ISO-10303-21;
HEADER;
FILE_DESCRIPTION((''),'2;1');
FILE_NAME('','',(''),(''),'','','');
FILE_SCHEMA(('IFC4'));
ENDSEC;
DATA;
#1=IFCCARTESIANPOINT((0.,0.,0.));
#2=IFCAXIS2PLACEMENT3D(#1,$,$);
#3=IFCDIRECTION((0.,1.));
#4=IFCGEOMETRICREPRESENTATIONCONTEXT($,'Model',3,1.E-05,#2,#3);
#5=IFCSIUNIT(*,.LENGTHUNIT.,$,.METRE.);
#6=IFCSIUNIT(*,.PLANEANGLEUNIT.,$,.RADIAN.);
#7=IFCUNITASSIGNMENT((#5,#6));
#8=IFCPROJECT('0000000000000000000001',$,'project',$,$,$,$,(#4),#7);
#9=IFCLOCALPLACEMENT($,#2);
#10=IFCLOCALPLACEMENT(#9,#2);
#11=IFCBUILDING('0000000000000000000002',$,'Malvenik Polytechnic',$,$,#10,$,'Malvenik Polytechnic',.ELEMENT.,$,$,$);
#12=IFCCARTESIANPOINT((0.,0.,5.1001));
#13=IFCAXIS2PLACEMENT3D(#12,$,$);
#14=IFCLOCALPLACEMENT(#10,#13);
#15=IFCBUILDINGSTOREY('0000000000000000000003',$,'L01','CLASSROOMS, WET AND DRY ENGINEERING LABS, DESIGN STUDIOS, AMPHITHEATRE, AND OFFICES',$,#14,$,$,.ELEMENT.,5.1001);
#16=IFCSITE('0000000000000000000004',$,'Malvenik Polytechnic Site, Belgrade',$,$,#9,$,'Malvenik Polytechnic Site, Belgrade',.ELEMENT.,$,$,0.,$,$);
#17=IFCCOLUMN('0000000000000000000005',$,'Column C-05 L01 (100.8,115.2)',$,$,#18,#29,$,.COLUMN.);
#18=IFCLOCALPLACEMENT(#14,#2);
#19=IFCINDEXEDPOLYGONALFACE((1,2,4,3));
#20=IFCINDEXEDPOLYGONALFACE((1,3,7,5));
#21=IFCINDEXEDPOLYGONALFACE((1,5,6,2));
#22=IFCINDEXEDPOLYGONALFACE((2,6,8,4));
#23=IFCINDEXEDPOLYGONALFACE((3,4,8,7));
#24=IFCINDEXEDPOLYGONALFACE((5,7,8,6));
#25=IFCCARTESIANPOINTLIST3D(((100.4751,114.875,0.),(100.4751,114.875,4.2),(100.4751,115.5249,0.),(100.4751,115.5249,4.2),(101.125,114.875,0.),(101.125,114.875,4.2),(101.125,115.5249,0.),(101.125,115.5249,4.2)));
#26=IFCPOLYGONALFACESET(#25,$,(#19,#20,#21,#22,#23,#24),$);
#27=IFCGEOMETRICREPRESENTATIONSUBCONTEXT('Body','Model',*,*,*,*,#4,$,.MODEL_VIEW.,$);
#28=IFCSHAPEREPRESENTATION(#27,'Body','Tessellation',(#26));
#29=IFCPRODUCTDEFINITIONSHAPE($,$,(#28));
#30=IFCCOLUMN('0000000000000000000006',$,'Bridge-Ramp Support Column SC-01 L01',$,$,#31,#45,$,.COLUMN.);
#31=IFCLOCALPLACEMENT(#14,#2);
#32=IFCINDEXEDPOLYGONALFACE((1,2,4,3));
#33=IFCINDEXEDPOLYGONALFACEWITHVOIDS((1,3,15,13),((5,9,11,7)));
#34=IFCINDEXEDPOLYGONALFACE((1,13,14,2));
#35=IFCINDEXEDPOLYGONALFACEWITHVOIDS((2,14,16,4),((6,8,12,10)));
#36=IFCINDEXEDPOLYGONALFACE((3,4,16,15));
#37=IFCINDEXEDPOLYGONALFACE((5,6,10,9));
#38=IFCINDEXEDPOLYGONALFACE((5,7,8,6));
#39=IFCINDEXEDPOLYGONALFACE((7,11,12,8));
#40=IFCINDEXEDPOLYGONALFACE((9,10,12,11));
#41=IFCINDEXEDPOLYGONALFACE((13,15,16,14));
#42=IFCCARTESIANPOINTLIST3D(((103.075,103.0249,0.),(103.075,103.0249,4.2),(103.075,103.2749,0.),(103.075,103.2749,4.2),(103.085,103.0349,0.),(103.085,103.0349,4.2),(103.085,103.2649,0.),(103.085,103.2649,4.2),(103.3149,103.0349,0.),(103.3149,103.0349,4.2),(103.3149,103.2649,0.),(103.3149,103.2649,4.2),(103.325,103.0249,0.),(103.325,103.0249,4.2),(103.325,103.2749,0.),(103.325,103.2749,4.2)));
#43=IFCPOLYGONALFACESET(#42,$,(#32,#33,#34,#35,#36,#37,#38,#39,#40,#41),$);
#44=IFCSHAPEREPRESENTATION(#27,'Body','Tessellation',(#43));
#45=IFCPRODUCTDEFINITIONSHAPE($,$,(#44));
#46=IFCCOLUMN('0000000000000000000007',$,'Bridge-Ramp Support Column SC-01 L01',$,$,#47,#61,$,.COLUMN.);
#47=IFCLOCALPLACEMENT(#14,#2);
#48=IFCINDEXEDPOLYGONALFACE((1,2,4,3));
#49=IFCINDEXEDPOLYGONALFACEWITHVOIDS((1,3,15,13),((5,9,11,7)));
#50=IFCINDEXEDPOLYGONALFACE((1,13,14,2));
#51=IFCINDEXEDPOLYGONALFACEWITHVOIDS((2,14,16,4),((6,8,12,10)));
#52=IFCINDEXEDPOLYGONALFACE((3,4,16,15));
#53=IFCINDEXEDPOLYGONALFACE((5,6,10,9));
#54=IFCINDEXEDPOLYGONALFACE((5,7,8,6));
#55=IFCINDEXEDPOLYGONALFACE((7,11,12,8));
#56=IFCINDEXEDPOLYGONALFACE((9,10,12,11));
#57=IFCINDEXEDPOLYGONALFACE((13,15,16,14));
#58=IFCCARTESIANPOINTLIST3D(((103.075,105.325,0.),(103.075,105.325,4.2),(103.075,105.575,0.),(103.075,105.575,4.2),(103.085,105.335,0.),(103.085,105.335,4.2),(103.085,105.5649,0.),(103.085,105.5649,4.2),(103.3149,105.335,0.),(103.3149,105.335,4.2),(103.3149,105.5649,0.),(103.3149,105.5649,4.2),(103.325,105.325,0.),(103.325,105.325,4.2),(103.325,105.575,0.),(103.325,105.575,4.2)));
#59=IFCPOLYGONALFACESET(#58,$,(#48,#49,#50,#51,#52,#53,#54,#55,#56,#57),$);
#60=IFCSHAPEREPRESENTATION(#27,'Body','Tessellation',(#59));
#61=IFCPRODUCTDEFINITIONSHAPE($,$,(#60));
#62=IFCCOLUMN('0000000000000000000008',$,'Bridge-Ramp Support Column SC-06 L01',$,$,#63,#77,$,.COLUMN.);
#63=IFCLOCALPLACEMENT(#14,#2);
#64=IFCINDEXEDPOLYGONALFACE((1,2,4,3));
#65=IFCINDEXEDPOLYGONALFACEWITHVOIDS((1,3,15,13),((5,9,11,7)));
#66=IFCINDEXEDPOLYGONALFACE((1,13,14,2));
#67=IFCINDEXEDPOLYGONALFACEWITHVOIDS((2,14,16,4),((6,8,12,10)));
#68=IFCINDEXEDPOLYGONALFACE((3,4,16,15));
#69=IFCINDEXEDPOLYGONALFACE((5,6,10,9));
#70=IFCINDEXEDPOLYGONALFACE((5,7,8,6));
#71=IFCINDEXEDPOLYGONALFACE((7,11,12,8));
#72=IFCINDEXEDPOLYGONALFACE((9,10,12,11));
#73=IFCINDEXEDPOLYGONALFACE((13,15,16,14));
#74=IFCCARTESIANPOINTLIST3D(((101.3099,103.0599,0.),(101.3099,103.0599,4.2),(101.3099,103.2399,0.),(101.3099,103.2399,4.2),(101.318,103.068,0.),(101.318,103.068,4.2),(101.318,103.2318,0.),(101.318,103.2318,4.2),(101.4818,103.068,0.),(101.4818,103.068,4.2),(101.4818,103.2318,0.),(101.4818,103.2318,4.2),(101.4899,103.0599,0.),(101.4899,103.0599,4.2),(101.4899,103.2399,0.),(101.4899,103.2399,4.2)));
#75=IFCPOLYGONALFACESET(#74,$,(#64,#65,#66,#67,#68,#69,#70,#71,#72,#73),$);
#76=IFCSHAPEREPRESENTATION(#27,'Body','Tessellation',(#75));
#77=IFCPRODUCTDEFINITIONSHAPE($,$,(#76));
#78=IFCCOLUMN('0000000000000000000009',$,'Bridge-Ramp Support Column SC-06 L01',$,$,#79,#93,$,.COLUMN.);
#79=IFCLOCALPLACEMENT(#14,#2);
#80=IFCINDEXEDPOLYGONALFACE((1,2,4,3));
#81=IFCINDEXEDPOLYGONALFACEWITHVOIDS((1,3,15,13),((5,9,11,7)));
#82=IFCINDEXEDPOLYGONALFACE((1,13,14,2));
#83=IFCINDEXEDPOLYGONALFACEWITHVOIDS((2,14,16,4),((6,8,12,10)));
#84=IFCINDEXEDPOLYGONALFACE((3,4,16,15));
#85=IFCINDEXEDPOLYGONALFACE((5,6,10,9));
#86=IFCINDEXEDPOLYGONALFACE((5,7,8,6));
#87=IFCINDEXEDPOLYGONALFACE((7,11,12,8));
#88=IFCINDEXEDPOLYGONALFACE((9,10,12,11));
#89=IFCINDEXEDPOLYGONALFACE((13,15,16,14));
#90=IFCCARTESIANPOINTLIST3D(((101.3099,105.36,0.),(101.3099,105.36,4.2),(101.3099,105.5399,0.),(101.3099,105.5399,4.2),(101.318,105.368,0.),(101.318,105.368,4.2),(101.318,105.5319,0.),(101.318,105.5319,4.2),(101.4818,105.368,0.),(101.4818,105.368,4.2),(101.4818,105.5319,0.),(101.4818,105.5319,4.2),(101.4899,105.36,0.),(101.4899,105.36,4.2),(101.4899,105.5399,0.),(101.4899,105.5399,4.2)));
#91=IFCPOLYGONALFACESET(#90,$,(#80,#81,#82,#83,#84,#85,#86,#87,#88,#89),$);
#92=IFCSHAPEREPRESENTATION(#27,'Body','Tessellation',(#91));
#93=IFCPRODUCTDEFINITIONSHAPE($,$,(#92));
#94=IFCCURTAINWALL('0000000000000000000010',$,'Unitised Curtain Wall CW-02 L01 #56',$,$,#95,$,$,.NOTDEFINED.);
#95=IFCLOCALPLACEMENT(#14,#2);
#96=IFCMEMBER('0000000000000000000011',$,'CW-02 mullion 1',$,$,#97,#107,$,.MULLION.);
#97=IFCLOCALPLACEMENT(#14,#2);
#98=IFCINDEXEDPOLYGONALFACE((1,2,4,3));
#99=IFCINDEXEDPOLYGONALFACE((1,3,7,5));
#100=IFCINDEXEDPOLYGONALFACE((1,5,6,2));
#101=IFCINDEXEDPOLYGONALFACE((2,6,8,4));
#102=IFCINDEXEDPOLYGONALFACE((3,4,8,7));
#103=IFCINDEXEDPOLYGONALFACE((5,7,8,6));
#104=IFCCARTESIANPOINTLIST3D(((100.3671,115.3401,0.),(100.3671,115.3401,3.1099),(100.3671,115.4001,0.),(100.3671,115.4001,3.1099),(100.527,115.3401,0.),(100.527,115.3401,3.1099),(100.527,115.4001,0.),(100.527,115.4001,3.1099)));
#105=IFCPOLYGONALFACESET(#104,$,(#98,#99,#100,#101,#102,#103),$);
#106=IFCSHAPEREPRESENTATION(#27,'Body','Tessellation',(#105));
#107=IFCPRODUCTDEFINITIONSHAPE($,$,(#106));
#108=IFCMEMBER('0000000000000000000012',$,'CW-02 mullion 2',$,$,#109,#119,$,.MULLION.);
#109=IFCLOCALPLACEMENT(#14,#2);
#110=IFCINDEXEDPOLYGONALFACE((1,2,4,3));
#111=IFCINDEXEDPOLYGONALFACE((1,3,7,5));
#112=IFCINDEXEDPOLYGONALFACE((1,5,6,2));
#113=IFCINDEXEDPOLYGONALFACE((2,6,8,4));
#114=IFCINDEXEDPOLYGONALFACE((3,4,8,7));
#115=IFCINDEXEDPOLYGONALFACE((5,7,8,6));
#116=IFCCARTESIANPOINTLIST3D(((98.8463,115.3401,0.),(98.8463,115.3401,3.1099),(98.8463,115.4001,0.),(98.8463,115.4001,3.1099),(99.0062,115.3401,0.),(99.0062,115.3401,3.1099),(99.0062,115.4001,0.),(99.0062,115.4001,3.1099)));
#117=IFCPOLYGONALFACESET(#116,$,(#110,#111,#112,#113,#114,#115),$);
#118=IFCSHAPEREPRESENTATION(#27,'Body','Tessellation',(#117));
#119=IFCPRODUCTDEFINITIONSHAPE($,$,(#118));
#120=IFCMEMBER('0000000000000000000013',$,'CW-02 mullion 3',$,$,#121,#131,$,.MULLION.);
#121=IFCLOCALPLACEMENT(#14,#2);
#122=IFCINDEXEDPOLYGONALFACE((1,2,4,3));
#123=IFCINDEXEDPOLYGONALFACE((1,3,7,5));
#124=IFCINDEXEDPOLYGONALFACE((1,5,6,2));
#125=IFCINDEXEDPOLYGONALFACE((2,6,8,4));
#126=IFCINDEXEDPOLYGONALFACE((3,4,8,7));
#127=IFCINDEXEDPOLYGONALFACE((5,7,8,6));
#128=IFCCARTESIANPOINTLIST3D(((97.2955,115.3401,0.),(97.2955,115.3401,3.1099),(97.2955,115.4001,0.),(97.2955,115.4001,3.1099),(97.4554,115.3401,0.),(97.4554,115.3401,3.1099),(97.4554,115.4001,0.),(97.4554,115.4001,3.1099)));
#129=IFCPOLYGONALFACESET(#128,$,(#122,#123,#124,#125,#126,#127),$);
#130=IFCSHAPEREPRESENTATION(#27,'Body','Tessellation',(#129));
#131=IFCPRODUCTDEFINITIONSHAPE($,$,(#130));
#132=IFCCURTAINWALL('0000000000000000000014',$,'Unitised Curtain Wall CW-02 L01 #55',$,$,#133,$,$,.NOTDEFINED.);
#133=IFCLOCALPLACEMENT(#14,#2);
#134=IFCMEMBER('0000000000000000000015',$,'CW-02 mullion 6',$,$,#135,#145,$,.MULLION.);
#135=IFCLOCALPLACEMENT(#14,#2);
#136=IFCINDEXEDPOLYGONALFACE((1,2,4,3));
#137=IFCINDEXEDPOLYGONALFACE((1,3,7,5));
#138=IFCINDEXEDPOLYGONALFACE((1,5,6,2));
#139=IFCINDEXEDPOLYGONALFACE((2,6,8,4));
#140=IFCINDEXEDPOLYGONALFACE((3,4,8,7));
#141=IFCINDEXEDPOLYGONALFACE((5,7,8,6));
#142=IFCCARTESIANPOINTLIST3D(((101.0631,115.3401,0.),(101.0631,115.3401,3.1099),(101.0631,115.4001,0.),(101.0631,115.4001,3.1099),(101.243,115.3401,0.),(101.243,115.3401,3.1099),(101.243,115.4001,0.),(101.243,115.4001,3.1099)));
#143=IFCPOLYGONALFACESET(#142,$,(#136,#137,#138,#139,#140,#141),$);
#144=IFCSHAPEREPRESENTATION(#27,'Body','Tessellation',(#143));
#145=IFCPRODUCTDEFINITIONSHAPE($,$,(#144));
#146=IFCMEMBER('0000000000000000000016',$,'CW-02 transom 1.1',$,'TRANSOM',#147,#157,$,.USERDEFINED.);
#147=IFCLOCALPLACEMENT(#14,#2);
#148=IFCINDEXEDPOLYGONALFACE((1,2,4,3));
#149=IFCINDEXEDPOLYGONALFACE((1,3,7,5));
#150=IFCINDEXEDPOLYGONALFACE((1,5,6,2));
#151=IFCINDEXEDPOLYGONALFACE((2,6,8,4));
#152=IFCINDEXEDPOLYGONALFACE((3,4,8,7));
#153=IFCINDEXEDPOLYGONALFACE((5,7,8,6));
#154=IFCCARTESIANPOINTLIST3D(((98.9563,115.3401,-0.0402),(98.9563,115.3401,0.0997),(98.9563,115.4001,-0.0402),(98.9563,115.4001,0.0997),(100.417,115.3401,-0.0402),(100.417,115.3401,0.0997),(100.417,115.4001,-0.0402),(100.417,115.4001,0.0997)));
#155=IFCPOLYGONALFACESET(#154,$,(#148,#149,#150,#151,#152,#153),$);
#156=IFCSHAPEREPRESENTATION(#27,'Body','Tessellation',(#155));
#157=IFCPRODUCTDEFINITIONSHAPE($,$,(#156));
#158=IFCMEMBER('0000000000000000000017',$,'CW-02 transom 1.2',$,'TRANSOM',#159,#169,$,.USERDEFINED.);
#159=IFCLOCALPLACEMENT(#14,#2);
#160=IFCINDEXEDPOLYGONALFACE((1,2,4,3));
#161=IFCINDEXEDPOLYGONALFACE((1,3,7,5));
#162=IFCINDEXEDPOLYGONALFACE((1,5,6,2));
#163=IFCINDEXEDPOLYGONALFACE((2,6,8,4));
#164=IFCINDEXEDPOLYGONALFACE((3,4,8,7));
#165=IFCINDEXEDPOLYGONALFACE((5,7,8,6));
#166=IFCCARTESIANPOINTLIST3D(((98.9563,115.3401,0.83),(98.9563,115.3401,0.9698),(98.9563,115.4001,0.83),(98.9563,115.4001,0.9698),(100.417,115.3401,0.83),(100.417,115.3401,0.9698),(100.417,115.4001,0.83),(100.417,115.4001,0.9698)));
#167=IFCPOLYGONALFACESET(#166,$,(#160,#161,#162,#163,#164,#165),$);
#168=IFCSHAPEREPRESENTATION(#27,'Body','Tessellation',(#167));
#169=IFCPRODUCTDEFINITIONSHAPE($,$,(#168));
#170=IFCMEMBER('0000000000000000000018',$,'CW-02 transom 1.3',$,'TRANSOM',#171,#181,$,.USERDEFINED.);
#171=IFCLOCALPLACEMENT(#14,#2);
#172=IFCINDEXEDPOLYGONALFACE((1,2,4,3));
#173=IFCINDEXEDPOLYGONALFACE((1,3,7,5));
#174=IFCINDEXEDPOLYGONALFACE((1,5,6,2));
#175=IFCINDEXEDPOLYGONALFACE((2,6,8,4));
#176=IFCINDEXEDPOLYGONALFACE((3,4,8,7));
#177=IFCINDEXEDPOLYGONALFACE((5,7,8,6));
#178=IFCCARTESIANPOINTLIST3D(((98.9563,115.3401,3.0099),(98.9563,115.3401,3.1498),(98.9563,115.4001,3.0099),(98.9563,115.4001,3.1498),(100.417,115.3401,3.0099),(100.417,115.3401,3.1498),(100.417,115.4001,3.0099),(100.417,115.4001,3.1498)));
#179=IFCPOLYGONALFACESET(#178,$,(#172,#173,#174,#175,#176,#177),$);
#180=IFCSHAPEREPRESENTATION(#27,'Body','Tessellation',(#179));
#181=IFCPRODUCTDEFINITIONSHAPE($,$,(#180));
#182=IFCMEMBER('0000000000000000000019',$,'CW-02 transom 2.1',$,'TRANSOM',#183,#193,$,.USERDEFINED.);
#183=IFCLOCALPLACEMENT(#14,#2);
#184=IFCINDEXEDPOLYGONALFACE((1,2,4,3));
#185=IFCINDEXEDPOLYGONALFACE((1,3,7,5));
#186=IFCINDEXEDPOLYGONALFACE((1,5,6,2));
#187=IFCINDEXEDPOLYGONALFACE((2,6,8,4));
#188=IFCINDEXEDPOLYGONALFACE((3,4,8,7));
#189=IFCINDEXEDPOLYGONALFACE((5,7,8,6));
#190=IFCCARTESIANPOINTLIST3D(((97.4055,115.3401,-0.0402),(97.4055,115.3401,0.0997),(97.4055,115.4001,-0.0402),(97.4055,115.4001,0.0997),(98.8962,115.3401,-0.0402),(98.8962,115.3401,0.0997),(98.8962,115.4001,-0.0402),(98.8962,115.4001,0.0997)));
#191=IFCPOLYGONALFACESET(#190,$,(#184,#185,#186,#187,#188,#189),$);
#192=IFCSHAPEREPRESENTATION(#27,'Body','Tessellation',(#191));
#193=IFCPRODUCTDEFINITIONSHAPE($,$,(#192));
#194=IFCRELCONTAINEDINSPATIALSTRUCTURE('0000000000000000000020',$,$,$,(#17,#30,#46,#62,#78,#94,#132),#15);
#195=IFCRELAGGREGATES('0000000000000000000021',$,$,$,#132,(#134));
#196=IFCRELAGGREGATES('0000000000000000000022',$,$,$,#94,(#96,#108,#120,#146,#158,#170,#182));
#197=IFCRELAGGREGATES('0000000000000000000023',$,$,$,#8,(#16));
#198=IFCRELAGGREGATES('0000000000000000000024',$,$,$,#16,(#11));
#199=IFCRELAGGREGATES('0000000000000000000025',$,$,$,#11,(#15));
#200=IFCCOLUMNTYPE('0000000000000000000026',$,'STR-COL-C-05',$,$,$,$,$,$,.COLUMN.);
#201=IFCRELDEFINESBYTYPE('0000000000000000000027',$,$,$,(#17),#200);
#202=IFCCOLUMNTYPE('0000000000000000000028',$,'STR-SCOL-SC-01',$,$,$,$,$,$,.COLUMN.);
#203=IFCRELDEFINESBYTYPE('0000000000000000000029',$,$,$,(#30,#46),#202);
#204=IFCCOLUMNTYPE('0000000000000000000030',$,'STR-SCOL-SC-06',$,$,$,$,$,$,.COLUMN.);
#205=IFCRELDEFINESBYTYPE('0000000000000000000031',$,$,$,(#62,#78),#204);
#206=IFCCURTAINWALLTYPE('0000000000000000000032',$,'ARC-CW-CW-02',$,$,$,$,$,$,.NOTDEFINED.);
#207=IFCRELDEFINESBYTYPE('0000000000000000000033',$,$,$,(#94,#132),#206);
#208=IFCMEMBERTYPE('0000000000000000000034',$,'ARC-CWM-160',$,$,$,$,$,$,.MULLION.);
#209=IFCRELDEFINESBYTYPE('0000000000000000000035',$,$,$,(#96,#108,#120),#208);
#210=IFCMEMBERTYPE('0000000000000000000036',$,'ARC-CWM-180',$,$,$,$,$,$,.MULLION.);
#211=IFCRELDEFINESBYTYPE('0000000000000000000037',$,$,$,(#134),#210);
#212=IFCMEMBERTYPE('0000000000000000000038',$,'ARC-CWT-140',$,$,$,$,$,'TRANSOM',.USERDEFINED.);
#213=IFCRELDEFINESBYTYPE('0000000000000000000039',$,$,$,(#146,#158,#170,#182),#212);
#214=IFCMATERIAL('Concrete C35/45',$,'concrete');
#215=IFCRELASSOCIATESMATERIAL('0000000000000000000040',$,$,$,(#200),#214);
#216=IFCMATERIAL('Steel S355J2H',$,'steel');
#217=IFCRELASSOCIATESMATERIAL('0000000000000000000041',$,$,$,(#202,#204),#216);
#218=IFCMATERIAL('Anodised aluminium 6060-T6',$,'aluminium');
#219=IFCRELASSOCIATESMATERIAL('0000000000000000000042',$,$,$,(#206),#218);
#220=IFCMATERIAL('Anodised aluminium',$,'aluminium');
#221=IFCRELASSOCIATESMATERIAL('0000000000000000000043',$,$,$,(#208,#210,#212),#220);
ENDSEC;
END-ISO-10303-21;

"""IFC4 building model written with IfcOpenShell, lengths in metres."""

from ifc_helpers import new_model, si_unit, direction, frame, origin, origin_2d, place, context, subcontext, project, spatial, rectangle, hollow_rectangle, extrude, material, material_profile, profile_set, type_object, element, aggregate, save


model = new_model("IFC4")

# Units and contexts
model_context = context("Model", 3, precision=1e-05, world=origin(), true_north=direction((0.0, 1.0)))
body_context = subcontext(model_context, "Body", "Model", "MODEL_VIEW")
ifc_project = project(units=[si_unit("LENGTHUNIT", "METRE"), si_unit("PLANEANGLEUNIT", "RADIAN")], contexts=[model_context])

# Site, building, storey
site_placement = place(None, origin())
site = spatial("IfcSite", under=ifc_project, at=site_placement, Name="Malvenik Polytechnic Site, Belgrade", LongName="Malvenik Polytechnic Site, Belgrade", CompositionType="ELEMENT", RefElevation=0.0)
building_placement = place(site_placement, origin())
building = spatial("IfcBuilding", under=site, at=building_placement, Name="Malvenik Polytechnic", LongName="Malvenik Polytechnic", CompositionType="ELEMENT")
storey_placement = place(building_placement, frame((0.0, 0.0, 5.1001)))
storey = spatial("IfcBuildingStorey", under=building, at=storey_placement, Name="L01", Description="CLASSROOMS, WET AND DRY ENGINEERING LABS, DESIGN STUDIOS, AMPHITHEATRE, AND OFFICES", CompositionType="ELEMENT", Elevation=5.1001)

# Columns
ifc_material_1 = material(Name="Concrete C35/45", Category="concrete")
ifc_material_profile_1 = material_profile(ifc_material_1, rectangle(XDim=0.6499, YDim=0.6499, at=origin_2d()), Name="RC COL 650x650")
ifc_profile_set_1 = profile_set([ifc_material_profile_1], Name="Concrete C35/45")
column_type_1 = type_object("IfcColumnType", Name="STR-COL-C-05", PredefinedType="COLUMN", material=ifc_profile_set_1)
column_placement = place(storey_placement, frame((100.8, 115.2, 0.0), z_axis=(0.0, 0.0, 1.0), x_axis=(1.0, 0.0, 0.0)))
element("IfcColumn", 1, at=column_placement, inside=storey, type_object=column_type_1, Name="Column C-05 L01 (100.8,115.2)", PredefinedType="COLUMN", context=body_context, shape_type="SweptSolid", body=[
    extrude(rectangle(XDim=0.6499, YDim=0.6499, at=origin_2d()), origin(), (0.0, 0.0, 1.0), 4.2),
])
ifc_material_2 = material(Name="Steel S355J2H", Category="steel")
ifc_material_profile_2 = material_profile(ifc_material_2, hollow_rectangle(XDim=0.25, YDim=0.25, WallThickness=0.01, at=origin_2d()), Name="SHS 250x250x10.0")
ifc_profile_set_2 = profile_set([ifc_material_profile_2], Name="Steel S355J2H")
column_type_2 = type_object("IfcColumnType", Name="STR-SCOL-SC-01", PredefinedType="COLUMN", material=ifc_profile_set_2)
for number, where, z_axis, x_axis, name in (
    (2, (103.2, 103.1499, 0.0), (0.0, 0.0, 1.0), (1.0, 0.0, 0.0), "Bridge-Ramp Support Column SC-01 L01"),
    (3, (103.2, 105.45, 0.0), (0.0, 0.0, 1.0), (1.0, 0.0, 0.0), "Bridge-Ramp Support Column SC-01 L01"),
):
    element("IfcColumn", number, at=place(storey_placement, frame(where, z_axis=z_axis, x_axis=x_axis)), inside=storey, type_object=column_type_2, Name=name, PredefinedType="COLUMN", context=body_context, shape_type="SweptSolid", body=[
        extrude(hollow_rectangle(XDim=0.25, YDim=0.25, WallThickness=0.01, at=origin_2d()), origin(), (0.0, 0.0, 1.0), 4.2),
    ])
ifc_material_profile_3 = material_profile(ifc_material_2, hollow_rectangle(XDim=0.1799, YDim=0.1799, WallThickness=0.0081, at=origin_2d()), Name="SHS 180x180x8.0")
ifc_profile_set_3 = profile_set([ifc_material_profile_3], Name="Steel S355J2H")
column_type_3 = type_object("IfcColumnType", Name="STR-SCOL-SC-06", PredefinedType="COLUMN", material=ifc_profile_set_3)
for number, where, z_axis, x_axis, name in (
    (4, (101.3999, 103.1499, 0.0), (0.0, 0.0, 1.0), (1.0, 0.0, 0.0), "Bridge-Ramp Support Column SC-06 L01"),
    (5, (101.3999, 105.45, 0.0), (0.0, 0.0, 1.0), (1.0, 0.0, 0.0), "Bridge-Ramp Support Column SC-06 L01"),
):
    element("IfcColumn", number, at=place(storey_placement, frame(where, z_axis=z_axis, x_axis=x_axis)), inside=storey, type_object=column_type_3, Name=name, PredefinedType="COLUMN", context=body_context, shape_type="SweptSolid", body=[
        extrude(hollow_rectangle(XDim=0.1799, YDim=0.1799, WallThickness=0.0081, at=origin_2d()), origin(), (0.0, 0.0, 1.0), 4.2),
    ])

# Curtain wall, members
ifc_material_3 = material(Name="Anodised aluminium 6060-T6", Category="aluminium")
curtain_wall_type = type_object("IfcCurtainWallType", Name="ARC-CW-CW-02", PredefinedType="NOTDEFINED", material=ifc_material_3)
curtain_wall_1_placement = place(storey_placement, origin())
curtain_wall_1 = element("IfcCurtainWall", 6, at=curtain_wall_1_placement, inside=storey, type_object=curtain_wall_type, Name="Unitised Curtain Wall CW-02 L01 #56", PredefinedType="NOTDEFINED")
ifc_material_4 = material(Name="Anodised aluminium", Category="aluminium")
ifc_material_profile_4 = material_profile(ifc_material_4, rectangle(XDim=0.0601, YDim=0.1599, at=origin_2d()), Name="ALU MULLION 60x160")
ifc_profile_set_4 = profile_set([ifc_material_profile_4], Name="Anodised aluminium")
member_type_1 = type_object("IfcMemberType", Name="ARC-CWM-160", PredefinedType="MULLION", material=ifc_profile_set_4)
member_1_placement = place(storey_placement, frame((100.447, 115.3701, 0.0), z_axis=(0.0, 0.0, 1.0), x_axis=(0.0, -1.0, 0.0)))
member_1 = element("IfcMember", 7, at=member_1_placement, type_object=member_type_1, Name="CW-02 mullion 1", PredefinedType="MULLION", context=body_context, shape_type="SweptSolid", body=[
    extrude(rectangle(XDim=0.0601, YDim=0.1599, at=origin_2d()), origin(), (0.0, 0.0, 1.0), 3.1099),
])
member_2_placement = place(storey_placement, frame((98.9263, 115.3701, 0.0), z_axis=(0.0, 0.0, 1.0), x_axis=(0.0, -1.0, 0.0)))
member_2 = element("IfcMember", 8, at=member_2_placement, type_object=member_type_1, Name="CW-02 mullion 2", PredefinedType="MULLION", context=body_context, shape_type="SweptSolid", body=[
    extrude(rectangle(XDim=0.0601, YDim=0.1599, at=origin_2d()), origin(), (0.0, 0.0, 1.0), 3.1099),
])
member_3_placement = place(storey_placement, frame((97.3755, 115.3701, 0.0), z_axis=(0.0, 0.0, 1.0), x_axis=(0.0, -1.0, 0.0)))
member_3 = element("IfcMember", 9, at=member_3_placement, type_object=member_type_1, Name="CW-02 mullion 3", PredefinedType="MULLION", context=body_context, shape_type="SweptSolid", body=[
    extrude(rectangle(XDim=0.0601, YDim=0.1599, at=origin_2d()), origin(), (0.0, 0.0, 1.0), 3.1099),
])

# Curtain wall, member
curtain_wall_2_placement = place(storey_placement, origin())
curtain_wall_2 = element("IfcCurtainWall", 10, at=curtain_wall_2_placement, inside=storey, type_object=curtain_wall_type, Name="Unitised Curtain Wall CW-02 L01 #55", PredefinedType="NOTDEFINED")
ifc_material_profile_5 = material_profile(ifc_material_4, rectangle(XDim=0.0601, YDim=0.1799, at=origin_2d()), Name="ALU MULLION 60x180")
ifc_profile_set_5 = profile_set([ifc_material_profile_5], Name="Anodised aluminium")
member_type_2 = type_object("IfcMemberType", Name="ARC-CWM-180", PredefinedType="MULLION", material=ifc_profile_set_5)
member_4_placement = place(storey_placement, frame((101.1531, 115.3701, 0.0), z_axis=(0.0, 0.0, 1.0), x_axis=(0.0, -1.0, 0.0)))
member_4 = element("IfcMember", 11, at=member_4_placement, type_object=member_type_2, Name="CW-02 mullion 6", PredefinedType="MULLION", context=body_context, shape_type="SweptSolid", body=[
    extrude(rectangle(XDim=0.0601, YDim=0.1799, at=origin_2d()), origin(), (0.0, 0.0, 1.0), 3.1099),
])
aggregate(curtain_wall_2, [member_4])

# Members
ifc_material_profile_6 = material_profile(ifc_material_4, rectangle(XDim=0.0601, YDim=0.1399, at=origin_2d()), Name="ALU TRANSOM 60x140")
ifc_profile_set_6 = profile_set([ifc_material_profile_6], Name="Anodised aluminium")
member_type_3 = type_object("IfcMemberType", Name="ARC-CWT-140", ElementType="TRANSOM", PredefinedType="USERDEFINED", material=ifc_profile_set_6)
member_5_placement = place(storey_placement, frame((100.417, 115.3701, 0.0298), z_axis=(-1.0, 0.0, 0.0), x_axis=(0.0, -1.0, 0.0)))
member_5 = element("IfcMember", 12, at=member_5_placement, type_object=member_type_3, Name="CW-02 transom 1.1", ObjectType="TRANSOM", PredefinedType="USERDEFINED", context=body_context, shape_type="SweptSolid", body=[
    extrude(rectangle(XDim=0.0601, YDim=0.1399, at=origin_2d()), origin(), (0.0, 0.0, 1.0), 1.4607),
])
member_6_placement = place(storey_placement, frame((100.417, 115.3701, 0.8999), z_axis=(-1.0, 0.0, 0.0), x_axis=(0.0, -1.0, 0.0)))
member_6 = element("IfcMember", 13, at=member_6_placement, type_object=member_type_3, Name="CW-02 transom 1.2", ObjectType="TRANSOM", PredefinedType="USERDEFINED", context=body_context, shape_type="SweptSolid", body=[
    extrude(rectangle(XDim=0.0601, YDim=0.1399, at=origin_2d()), origin(), (0.0, 0.0, 1.0), 1.4607),
])
member_7_placement = place(storey_placement, frame((100.417, 115.3701, 3.0798), z_axis=(-1.0, 0.0, 0.0), x_axis=(0.0, -1.0, 0.0)))
member_7 = element("IfcMember", 14, at=member_7_placement, type_object=member_type_3, Name="CW-02 transom 1.3", ObjectType="TRANSOM", PredefinedType="USERDEFINED", context=body_context, shape_type="SweptSolid", body=[
    extrude(rectangle(XDim=0.0601, YDim=0.1399, at=origin_2d()), origin(), (0.0, 0.0, 1.0), 1.4607),
])
member_8_placement = place(storey_placement, frame((98.8962, 115.3701, 0.0298), z_axis=(-1.0, 0.0, 0.0), x_axis=(0.0, -1.0, 0.0)))
member_8 = element("IfcMember", 15, at=member_8_placement, type_object=member_type_3, Name="CW-02 transom 2.1", ObjectType="TRANSOM", PredefinedType="USERDEFINED", context=body_context, shape_type="SweptSolid", body=[
    extrude(rectangle(XDim=0.0601, YDim=0.1399, at=origin_2d()), origin(), (0.0, 0.0, 1.0), 1.4907),
])

aggregate(curtain_wall_1, [member_1, member_2, member_3, member_5, member_6, member_7, member_8])

save(model, "model.ifc")
